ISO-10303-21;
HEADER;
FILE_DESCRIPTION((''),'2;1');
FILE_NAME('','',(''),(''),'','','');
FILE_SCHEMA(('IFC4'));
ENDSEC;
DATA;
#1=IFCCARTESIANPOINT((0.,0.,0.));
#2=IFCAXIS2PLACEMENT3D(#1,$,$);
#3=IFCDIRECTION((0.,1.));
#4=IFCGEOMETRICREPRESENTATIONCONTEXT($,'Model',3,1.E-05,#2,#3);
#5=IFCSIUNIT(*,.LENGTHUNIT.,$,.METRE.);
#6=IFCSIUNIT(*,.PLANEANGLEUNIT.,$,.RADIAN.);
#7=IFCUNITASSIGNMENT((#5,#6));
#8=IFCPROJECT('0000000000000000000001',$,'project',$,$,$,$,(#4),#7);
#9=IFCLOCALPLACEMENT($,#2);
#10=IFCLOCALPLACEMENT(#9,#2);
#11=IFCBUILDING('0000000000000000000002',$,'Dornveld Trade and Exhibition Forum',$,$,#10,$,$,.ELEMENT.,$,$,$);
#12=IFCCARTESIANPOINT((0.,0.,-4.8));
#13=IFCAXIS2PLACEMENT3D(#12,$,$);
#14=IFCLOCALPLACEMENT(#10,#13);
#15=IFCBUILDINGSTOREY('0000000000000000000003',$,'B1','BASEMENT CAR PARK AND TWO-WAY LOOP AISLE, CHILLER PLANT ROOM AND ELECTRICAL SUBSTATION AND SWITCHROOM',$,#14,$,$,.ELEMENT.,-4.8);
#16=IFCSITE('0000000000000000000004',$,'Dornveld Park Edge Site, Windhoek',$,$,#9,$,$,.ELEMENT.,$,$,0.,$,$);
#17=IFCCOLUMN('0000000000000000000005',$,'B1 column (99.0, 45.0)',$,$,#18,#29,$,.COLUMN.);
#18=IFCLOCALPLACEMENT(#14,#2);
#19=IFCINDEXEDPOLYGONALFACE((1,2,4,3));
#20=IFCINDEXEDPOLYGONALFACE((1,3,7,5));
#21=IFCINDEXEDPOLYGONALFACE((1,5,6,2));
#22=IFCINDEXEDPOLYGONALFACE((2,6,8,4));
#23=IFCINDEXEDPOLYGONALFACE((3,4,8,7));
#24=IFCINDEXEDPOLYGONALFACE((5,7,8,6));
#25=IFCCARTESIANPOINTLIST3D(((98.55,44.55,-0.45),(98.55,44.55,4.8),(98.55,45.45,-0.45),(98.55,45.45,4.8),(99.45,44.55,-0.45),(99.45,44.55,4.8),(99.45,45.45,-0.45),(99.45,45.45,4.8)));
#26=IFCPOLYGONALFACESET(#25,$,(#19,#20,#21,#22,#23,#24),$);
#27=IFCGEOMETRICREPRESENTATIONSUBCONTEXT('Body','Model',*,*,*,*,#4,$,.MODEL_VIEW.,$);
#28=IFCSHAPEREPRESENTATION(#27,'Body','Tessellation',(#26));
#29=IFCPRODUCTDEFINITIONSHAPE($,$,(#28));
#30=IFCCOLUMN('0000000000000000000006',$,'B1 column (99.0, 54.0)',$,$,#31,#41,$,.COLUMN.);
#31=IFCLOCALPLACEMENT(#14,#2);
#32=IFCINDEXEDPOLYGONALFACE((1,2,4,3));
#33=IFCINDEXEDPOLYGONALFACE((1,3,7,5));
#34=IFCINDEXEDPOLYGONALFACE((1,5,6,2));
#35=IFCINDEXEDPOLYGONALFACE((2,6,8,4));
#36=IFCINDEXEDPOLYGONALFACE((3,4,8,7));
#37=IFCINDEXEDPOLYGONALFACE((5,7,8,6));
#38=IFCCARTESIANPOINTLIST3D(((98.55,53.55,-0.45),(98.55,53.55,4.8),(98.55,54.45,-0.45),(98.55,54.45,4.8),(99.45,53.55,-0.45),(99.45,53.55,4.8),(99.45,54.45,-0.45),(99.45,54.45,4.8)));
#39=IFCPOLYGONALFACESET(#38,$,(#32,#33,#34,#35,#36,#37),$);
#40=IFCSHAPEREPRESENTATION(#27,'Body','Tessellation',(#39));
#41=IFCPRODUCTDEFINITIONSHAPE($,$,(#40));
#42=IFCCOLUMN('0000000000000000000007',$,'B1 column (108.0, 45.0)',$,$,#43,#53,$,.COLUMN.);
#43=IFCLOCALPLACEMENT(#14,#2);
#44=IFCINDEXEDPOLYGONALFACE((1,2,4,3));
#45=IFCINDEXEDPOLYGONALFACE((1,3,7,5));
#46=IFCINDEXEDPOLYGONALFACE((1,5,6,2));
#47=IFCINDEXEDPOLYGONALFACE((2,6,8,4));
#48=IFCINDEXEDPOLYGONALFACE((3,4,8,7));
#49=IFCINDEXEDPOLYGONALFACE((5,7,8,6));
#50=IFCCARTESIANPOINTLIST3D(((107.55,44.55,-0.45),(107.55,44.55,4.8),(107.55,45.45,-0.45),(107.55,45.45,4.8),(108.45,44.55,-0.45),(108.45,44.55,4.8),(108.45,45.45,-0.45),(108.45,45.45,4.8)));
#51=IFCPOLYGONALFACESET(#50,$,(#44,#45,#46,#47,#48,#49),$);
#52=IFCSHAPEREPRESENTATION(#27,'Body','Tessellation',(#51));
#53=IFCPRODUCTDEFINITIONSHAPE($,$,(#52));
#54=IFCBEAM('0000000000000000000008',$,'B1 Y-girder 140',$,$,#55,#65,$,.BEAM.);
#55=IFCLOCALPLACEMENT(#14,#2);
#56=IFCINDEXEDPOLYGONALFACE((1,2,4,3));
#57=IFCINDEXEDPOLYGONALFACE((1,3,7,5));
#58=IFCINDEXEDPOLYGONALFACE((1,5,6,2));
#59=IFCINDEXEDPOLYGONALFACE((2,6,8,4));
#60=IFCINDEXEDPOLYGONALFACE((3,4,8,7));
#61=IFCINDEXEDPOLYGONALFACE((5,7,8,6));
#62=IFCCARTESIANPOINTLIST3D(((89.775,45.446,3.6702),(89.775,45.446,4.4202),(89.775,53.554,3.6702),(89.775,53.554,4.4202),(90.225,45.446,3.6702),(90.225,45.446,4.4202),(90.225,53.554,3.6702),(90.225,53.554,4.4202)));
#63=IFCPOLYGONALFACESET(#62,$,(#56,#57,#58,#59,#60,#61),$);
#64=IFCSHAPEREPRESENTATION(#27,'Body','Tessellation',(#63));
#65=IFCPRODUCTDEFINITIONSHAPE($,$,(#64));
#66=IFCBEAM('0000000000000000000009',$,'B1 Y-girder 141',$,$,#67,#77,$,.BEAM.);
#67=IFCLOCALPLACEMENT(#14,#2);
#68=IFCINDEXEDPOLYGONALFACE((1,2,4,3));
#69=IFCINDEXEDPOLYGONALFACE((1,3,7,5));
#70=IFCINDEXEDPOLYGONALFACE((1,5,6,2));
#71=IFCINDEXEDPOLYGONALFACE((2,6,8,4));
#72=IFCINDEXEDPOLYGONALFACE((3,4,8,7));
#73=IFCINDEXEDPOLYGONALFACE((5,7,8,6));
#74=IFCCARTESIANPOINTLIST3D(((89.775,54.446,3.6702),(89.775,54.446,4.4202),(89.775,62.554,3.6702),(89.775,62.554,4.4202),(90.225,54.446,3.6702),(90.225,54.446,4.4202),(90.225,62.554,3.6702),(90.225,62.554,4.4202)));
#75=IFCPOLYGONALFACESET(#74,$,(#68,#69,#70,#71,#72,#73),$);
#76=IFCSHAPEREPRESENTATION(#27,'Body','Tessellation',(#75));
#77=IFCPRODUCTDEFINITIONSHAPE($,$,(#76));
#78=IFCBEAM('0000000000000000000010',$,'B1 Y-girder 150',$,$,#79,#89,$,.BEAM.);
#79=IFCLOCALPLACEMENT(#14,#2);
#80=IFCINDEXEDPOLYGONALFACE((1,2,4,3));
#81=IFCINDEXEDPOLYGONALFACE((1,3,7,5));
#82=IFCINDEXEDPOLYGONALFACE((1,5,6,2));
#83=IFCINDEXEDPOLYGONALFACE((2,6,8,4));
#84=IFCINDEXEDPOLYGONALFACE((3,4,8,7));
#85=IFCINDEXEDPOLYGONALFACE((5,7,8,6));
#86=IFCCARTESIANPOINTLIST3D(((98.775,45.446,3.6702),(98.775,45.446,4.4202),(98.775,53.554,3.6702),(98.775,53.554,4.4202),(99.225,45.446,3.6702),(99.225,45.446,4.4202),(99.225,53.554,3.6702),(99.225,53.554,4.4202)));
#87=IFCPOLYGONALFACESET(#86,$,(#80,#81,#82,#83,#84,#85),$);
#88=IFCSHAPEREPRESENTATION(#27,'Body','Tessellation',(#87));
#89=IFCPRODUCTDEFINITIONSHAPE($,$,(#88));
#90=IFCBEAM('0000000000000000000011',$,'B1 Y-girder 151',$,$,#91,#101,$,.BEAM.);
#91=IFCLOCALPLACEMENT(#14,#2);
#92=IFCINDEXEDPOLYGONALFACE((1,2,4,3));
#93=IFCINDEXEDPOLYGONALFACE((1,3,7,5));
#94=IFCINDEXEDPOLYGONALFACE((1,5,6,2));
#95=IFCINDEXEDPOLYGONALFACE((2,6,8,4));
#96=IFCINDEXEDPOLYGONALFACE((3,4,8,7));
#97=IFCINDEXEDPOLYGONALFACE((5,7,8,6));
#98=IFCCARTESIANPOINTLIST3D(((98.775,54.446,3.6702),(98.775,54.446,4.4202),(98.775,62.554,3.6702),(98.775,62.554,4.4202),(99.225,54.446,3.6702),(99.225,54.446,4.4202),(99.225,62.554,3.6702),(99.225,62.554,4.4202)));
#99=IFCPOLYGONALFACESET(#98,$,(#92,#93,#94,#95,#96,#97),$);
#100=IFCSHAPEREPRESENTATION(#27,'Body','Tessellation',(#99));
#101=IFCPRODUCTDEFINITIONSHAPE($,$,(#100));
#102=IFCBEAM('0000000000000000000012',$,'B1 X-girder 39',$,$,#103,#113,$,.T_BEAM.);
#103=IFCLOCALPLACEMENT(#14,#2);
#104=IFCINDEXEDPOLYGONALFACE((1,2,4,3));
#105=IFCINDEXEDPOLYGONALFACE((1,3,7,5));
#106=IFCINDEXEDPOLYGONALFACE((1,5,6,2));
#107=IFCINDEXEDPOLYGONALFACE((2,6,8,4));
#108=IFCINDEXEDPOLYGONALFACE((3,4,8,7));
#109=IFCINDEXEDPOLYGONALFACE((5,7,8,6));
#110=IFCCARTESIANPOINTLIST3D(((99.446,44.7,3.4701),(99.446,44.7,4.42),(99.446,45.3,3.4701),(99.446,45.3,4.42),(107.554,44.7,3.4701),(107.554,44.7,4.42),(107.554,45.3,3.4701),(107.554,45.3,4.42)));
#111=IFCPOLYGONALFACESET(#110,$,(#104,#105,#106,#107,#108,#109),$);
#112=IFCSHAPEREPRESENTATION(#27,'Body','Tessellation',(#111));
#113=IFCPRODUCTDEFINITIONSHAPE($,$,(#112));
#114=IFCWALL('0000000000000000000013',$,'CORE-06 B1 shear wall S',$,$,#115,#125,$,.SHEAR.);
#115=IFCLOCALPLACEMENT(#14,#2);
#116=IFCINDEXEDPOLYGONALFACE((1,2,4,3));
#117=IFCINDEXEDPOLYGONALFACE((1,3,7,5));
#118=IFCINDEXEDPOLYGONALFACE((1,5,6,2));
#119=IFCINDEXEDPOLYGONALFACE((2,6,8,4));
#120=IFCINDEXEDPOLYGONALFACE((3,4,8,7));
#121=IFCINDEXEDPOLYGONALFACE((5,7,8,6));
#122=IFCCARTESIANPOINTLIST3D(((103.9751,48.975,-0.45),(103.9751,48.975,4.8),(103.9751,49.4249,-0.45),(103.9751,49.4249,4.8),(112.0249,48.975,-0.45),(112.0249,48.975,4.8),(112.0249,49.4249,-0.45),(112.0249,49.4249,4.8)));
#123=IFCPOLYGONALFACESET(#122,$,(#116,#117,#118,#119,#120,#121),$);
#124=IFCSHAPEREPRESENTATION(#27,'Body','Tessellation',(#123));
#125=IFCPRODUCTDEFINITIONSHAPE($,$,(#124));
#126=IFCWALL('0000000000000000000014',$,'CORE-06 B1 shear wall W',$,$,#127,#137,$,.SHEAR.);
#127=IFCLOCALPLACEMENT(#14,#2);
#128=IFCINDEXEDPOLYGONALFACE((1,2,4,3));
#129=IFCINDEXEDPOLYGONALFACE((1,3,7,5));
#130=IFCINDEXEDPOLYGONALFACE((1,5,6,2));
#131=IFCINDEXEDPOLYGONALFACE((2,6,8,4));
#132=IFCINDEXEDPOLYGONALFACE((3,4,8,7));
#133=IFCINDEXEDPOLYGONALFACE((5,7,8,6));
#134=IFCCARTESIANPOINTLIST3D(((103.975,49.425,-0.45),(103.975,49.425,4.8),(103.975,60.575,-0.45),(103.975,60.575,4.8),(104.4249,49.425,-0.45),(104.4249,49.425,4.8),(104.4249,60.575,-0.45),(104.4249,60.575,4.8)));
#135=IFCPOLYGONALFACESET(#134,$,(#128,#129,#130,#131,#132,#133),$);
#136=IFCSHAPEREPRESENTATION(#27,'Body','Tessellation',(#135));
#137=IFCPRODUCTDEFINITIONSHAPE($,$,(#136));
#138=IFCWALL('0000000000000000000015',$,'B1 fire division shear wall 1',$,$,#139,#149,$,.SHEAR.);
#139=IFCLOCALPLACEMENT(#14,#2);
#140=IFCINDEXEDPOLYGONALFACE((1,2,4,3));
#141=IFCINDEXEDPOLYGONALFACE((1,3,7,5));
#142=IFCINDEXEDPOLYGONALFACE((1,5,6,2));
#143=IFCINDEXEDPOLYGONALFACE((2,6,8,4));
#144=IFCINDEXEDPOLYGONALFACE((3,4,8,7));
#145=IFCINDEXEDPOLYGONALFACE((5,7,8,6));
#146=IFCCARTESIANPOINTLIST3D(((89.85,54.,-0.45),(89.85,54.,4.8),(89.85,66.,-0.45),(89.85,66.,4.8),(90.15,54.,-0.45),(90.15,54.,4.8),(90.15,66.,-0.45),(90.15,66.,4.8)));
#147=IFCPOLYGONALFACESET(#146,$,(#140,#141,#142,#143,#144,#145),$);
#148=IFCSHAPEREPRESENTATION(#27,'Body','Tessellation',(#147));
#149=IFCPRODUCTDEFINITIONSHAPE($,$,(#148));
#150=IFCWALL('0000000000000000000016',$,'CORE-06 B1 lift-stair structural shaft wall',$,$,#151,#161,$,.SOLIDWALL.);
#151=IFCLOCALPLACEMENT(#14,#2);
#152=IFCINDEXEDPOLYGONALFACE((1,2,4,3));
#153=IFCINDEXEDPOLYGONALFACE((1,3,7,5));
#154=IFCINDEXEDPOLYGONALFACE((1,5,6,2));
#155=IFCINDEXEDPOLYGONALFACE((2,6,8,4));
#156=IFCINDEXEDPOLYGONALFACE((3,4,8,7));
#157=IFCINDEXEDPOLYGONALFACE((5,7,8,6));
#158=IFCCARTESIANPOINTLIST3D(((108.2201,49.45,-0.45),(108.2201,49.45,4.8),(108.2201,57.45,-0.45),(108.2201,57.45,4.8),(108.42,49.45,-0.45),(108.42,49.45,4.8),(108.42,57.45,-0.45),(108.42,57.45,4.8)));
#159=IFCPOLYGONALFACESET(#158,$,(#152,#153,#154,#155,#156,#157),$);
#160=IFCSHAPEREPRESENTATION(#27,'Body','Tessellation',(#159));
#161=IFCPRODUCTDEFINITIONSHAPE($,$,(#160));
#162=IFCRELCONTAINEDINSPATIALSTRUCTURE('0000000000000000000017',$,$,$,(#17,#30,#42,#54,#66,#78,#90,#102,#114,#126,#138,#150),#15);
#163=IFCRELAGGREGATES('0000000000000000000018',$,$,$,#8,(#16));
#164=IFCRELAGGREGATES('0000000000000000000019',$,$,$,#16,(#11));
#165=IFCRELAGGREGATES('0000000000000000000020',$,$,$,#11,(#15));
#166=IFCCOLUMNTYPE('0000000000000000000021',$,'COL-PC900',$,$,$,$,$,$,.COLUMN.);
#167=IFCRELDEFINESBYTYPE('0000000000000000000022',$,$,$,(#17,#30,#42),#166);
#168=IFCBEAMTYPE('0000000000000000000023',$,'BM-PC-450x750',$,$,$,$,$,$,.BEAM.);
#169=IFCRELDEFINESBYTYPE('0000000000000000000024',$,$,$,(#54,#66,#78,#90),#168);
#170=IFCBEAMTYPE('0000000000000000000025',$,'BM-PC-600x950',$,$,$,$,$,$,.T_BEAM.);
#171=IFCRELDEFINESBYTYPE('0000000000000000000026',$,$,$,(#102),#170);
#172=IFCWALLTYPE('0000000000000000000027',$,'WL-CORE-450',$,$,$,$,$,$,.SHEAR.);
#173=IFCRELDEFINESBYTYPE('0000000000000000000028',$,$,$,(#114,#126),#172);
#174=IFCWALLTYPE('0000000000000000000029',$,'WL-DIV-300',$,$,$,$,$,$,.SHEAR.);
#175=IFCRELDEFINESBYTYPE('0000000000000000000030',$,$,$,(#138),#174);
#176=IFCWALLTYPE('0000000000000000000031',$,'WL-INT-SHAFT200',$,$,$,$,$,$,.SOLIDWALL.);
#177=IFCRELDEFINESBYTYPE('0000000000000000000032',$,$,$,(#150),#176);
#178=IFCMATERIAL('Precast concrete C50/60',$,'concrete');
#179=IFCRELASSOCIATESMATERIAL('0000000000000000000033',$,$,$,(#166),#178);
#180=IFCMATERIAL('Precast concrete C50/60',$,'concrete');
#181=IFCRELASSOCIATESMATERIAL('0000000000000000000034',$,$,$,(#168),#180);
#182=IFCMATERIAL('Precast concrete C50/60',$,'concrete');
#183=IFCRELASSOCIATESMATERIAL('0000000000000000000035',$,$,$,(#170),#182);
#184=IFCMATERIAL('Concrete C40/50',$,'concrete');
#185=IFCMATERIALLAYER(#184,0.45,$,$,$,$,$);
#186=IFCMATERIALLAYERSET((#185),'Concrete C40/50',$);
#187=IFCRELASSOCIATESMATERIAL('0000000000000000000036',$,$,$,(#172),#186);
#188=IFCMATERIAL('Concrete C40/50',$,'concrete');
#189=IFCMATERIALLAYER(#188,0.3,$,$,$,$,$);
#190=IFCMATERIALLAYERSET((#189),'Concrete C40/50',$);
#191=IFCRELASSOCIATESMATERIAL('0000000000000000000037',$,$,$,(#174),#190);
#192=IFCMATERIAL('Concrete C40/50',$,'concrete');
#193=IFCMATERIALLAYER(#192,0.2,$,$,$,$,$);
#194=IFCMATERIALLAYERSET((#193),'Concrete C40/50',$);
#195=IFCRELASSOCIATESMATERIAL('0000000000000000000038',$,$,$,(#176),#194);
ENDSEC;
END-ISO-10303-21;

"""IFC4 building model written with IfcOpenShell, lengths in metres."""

from ifc_helpers import new_model, si_unit, direction, frame, frame_2d, origin, origin_2d, place, context, subcontext, project, spatial, rectangle, extrude, material, layer, layer_set, material_profile, profile_set, type_object, element, save


model = new_model("IFC4")

# Units and contexts
model_context = context("Model", 3, precision=1e-05, world=origin(), true_north=direction((0.0, 1.0)))
body_context = subcontext(model_context, "Body", "Model", "MODEL_VIEW")
ifc_project = project(units=[si_unit("LENGTHUNIT", "METRE"), si_unit("PLANEANGLEUNIT", "RADIAN")], contexts=[model_context])

# Site, building, storey
site_placement = place(None, origin())
site = spatial("IfcSite", under=ifc_project, at=site_placement, Name="Dornveld Park Edge Site, Windhoek", CompositionType="ELEMENT", RefElevation=0.0)
building_placement = place(site_placement, origin())
building = spatial("IfcBuilding", under=site, at=building_placement, Name="Dornveld Trade and Exhibition Forum", CompositionType="ELEMENT")
storey_placement = place(building_placement, frame((0.0, 0.0, -4.8)))
storey = spatial("IfcBuildingStorey", under=building, at=storey_placement, Name="B1", Description="BASEMENT CAR PARK AND TWO-WAY LOOP AISLE, CHILLER PLANT ROOM AND ELECTRICAL SUBSTATION AND SWITCHROOM", CompositionType="ELEMENT", Elevation=-4.8)

# Columns
ifc_material_1 = material(Name="Precast concrete C50/60", Category="concrete")
ifc_material_profile_1 = material_profile(ifc_material_1, rectangle(XDim=0.8999, YDim=0.8999, at=origin_2d()), Name="PC-COL 900x900")
ifc_profile_set_1 = profile_set([ifc_material_profile_1], Name="Precast concrete C50/60")
column_type_1 = type_object("IfcColumnType", Name="COL-PC900", PredefinedType="COLUMN", material=ifc_profile_set_1)
for number, where, z_axis, x_axis, name in (
    (1, (99.0, 45.0, -0.45), (0.0, 0.0, 1.0), (1.0, 0.0, 0.0), "B1 column (99.0, 45.0)"),
    (2, (99.0, 54.0, -0.45), (0.0, 0.0, 1.0), (1.0, 0.0, 0.0), "B1 column (99.0, 54.0)"),
    (3, (108.0, 45.0, -0.45), (0.0, 0.0, 1.0), (1.0, 0.0, 0.0), "B1 column (108.0, 45.0)"),
):
    element("IfcColumn", number, at=place(storey_placement, frame(where, z_axis=z_axis, x_axis=x_axis)), inside=storey, type_object=column_type_1, Name=name, PredefinedType="COLUMN", context=body_context, shape_type="SweptSolid", body=[
        extrude(rectangle(XDim=0.8999, YDim=0.8999, at=origin_2d()), origin(), (0.0, 0.0, 1.0), 5.25),
    ])

# Beams
ifc_material_2 = material(Name="Precast concrete C50/60", Category="concrete")
ifc_material_profile_2 = material_profile(ifc_material_2, rectangle(XDim=0.45, YDim=0.75, at=origin_2d()), Name="PC-BM 450x750")
ifc_profile_set_2 = profile_set([ifc_material_profile_2], Name="Precast concrete C50/60")
beam_type_1 = type_object("IfcBeamType", Name="BM-PC-450x750", PredefinedType="BEAM", material=ifc_profile_set_2)
for number, where, z_axis, x_axis, name in (
    (4, (90.0, 45.446, 4.0452), (0.0, 1.0, 0.0), (-1.0, 0.0, 0.0), "B1 Y-girder 140"),
    (5, (90.0, 54.446, 4.0452), (0.0, 1.0, 0.0), (-1.0, 0.0, 0.0), "B1 Y-girder 141"),
    (6, (99.0, 45.446, 4.0452), (0.0, 1.0, 0.0), (-1.0, 0.0, 0.0), "B1 Y-girder 150"),
    (7, (99.0, 54.446, 4.0452), (0.0, 1.0, 0.0), (-1.0, 0.0, 0.0), "B1 Y-girder 151"),
):
    element("IfcBeam", number, at=place(storey_placement, frame(where, z_axis=z_axis, x_axis=x_axis)), inside=storey, type_object=beam_type_1, Name=name, PredefinedType="BEAM", context=body_context, shape_type="SweptSolid", body=[
        extrude(rectangle(XDim=0.45, YDim=0.75, at=origin_2d()), origin(), (0.0, 0.0, 1.0), 8.1079),
    ])
ifc_material_3 = material(Name="Precast concrete C50/60", Category="concrete")
ifc_material_profile_3 = material_profile(ifc_material_3, rectangle(XDim=0.6001, YDim=0.95, at=origin_2d()), Name="PC-GIR 600x950")
ifc_profile_set_3 = profile_set([ifc_material_profile_3], Name="Precast concrete C50/60")
beam_type_2 = type_object("IfcBeamType", Name="BM-PC-600x950", PredefinedType="T_BEAM", material=ifc_profile_set_3)
beam_placement = place(storey_placement, frame((99.446, 45.0, 3.9451), z_axis=(1.0, 0.0, 0.0), x_axis=(0.0, 1.0, 0.0)))
element("IfcBeam", 8, at=beam_placement, inside=storey, type_object=beam_type_2, Name="B1 X-girder 39", PredefinedType="T_BEAM", context=body_context, shape_type="SweptSolid", body=[
    extrude(rectangle(XDim=0.6001, YDim=0.95, at=origin_2d()), origin(), (0.0, 0.0, 1.0), 8.1079),
])

# Walls
ifc_material_4 = material(Name="Concrete C40/50", Category="concrete")
ifc_layer_1 = layer(ifc_material_4, 0.45)
ifc_layer_set_1 = layer_set([ifc_layer_1], Name="Concrete C40/50")
wall_type_1 = type_object("IfcWallType", Name="WL-CORE-450", PredefinedType="SHEAR", material=ifc_layer_set_1)
wall_1_placement = place(storey_placement, frame((103.9751, 49.2, -0.45), z_axis=(0.0, 0.0, 1.0), x_axis=(1.0, 0.0, 0.0)))
element("IfcWall", 9, at=wall_1_placement, inside=storey, type_object=wall_type_1, Name="CORE-06 B1 shear wall S", PredefinedType="SHEAR", context=body_context, shape_type="SweptSolid", body=[
    extrude(rectangle(XDim=8.0498, YDim=0.45, at=frame_2d((4.0249, 0.0))), origin(), (0.0, 0.0, 1.0), 5.25),
])
wall_2_placement = place(storey_placement, frame((104.2, 49.425, -0.45), z_axis=(0.0, 0.0, 1.0), x_axis=(0.0, 1.0, 0.0)))
element("IfcWall", 10, at=wall_2_placement, inside=storey, type_object=wall_type_1, Name="CORE-06 B1 shear wall W", PredefinedType="SHEAR", context=body_context, shape_type="SweptSolid", body=[
    extrude(rectangle(XDim=11.1499, YDim=0.45, at=frame_2d((5.575, 0.0))), origin(), (0.0, 0.0, 1.0), 5.25),
])
ifc_material_5 = material(Name="Concrete C40/50", Category="concrete")
ifc_layer_2 = layer(ifc_material_5, 0.3)
ifc_layer_set_2 = layer_set([ifc_layer_2], Name="Concrete C40/50")
wall_type_2 = type_object("IfcWallType", Name="WL-DIV-300", PredefinedType="SHEAR", material=ifc_layer_set_2)
wall_3_placement = place(storey_placement, frame((90.0, 54.0, -0.45), z_axis=(0.0, 0.0, 1.0), x_axis=(0.0, 1.0, 0.0)))
element("IfcWall", 11, at=wall_3_placement, inside=storey, type_object=wall_type_2, Name="B1 fire division shear wall 1", PredefinedType="SHEAR", context=body_context, shape_type="SweptSolid", body=[
    extrude(rectangle(XDim=12.0, YDim=0.3, at=frame_2d((6.0, 0.0))), origin(), (0.0, 0.0, 1.0), 5.25),
])
ifc_material_6 = material(Name="Concrete C40/50", Category="concrete")
ifc_layer_3 = layer(ifc_material_6, 0.2)
ifc_layer_set_3 = layer_set([ifc_layer_3], Name="Concrete C40/50")
wall_type_3 = type_object("IfcWallType", Name="WL-INT-SHAFT200", PredefinedType="SOLIDWALL", material=ifc_layer_set_3)
wall_4_placement = place(storey_placement, frame((108.3201, 49.45, -0.45), z_axis=(0.0, 0.0, 1.0), x_axis=(0.0, 1.0, 0.0)))
element("IfcWall", 12, at=wall_4_placement, inside=storey, type_object=wall_type_3, Name="CORE-06 B1 lift-stair structural shaft wall", PredefinedType="SOLIDWALL", context=body_context, shape_type="SweptSolid", body=[
    extrude(rectangle(XDim=8.0, YDim=0.2, at=frame_2d((4.0, 0.0))), origin(), (0.0, 0.0, 1.0), 5.25),
])

save(model, "model.ifc")
